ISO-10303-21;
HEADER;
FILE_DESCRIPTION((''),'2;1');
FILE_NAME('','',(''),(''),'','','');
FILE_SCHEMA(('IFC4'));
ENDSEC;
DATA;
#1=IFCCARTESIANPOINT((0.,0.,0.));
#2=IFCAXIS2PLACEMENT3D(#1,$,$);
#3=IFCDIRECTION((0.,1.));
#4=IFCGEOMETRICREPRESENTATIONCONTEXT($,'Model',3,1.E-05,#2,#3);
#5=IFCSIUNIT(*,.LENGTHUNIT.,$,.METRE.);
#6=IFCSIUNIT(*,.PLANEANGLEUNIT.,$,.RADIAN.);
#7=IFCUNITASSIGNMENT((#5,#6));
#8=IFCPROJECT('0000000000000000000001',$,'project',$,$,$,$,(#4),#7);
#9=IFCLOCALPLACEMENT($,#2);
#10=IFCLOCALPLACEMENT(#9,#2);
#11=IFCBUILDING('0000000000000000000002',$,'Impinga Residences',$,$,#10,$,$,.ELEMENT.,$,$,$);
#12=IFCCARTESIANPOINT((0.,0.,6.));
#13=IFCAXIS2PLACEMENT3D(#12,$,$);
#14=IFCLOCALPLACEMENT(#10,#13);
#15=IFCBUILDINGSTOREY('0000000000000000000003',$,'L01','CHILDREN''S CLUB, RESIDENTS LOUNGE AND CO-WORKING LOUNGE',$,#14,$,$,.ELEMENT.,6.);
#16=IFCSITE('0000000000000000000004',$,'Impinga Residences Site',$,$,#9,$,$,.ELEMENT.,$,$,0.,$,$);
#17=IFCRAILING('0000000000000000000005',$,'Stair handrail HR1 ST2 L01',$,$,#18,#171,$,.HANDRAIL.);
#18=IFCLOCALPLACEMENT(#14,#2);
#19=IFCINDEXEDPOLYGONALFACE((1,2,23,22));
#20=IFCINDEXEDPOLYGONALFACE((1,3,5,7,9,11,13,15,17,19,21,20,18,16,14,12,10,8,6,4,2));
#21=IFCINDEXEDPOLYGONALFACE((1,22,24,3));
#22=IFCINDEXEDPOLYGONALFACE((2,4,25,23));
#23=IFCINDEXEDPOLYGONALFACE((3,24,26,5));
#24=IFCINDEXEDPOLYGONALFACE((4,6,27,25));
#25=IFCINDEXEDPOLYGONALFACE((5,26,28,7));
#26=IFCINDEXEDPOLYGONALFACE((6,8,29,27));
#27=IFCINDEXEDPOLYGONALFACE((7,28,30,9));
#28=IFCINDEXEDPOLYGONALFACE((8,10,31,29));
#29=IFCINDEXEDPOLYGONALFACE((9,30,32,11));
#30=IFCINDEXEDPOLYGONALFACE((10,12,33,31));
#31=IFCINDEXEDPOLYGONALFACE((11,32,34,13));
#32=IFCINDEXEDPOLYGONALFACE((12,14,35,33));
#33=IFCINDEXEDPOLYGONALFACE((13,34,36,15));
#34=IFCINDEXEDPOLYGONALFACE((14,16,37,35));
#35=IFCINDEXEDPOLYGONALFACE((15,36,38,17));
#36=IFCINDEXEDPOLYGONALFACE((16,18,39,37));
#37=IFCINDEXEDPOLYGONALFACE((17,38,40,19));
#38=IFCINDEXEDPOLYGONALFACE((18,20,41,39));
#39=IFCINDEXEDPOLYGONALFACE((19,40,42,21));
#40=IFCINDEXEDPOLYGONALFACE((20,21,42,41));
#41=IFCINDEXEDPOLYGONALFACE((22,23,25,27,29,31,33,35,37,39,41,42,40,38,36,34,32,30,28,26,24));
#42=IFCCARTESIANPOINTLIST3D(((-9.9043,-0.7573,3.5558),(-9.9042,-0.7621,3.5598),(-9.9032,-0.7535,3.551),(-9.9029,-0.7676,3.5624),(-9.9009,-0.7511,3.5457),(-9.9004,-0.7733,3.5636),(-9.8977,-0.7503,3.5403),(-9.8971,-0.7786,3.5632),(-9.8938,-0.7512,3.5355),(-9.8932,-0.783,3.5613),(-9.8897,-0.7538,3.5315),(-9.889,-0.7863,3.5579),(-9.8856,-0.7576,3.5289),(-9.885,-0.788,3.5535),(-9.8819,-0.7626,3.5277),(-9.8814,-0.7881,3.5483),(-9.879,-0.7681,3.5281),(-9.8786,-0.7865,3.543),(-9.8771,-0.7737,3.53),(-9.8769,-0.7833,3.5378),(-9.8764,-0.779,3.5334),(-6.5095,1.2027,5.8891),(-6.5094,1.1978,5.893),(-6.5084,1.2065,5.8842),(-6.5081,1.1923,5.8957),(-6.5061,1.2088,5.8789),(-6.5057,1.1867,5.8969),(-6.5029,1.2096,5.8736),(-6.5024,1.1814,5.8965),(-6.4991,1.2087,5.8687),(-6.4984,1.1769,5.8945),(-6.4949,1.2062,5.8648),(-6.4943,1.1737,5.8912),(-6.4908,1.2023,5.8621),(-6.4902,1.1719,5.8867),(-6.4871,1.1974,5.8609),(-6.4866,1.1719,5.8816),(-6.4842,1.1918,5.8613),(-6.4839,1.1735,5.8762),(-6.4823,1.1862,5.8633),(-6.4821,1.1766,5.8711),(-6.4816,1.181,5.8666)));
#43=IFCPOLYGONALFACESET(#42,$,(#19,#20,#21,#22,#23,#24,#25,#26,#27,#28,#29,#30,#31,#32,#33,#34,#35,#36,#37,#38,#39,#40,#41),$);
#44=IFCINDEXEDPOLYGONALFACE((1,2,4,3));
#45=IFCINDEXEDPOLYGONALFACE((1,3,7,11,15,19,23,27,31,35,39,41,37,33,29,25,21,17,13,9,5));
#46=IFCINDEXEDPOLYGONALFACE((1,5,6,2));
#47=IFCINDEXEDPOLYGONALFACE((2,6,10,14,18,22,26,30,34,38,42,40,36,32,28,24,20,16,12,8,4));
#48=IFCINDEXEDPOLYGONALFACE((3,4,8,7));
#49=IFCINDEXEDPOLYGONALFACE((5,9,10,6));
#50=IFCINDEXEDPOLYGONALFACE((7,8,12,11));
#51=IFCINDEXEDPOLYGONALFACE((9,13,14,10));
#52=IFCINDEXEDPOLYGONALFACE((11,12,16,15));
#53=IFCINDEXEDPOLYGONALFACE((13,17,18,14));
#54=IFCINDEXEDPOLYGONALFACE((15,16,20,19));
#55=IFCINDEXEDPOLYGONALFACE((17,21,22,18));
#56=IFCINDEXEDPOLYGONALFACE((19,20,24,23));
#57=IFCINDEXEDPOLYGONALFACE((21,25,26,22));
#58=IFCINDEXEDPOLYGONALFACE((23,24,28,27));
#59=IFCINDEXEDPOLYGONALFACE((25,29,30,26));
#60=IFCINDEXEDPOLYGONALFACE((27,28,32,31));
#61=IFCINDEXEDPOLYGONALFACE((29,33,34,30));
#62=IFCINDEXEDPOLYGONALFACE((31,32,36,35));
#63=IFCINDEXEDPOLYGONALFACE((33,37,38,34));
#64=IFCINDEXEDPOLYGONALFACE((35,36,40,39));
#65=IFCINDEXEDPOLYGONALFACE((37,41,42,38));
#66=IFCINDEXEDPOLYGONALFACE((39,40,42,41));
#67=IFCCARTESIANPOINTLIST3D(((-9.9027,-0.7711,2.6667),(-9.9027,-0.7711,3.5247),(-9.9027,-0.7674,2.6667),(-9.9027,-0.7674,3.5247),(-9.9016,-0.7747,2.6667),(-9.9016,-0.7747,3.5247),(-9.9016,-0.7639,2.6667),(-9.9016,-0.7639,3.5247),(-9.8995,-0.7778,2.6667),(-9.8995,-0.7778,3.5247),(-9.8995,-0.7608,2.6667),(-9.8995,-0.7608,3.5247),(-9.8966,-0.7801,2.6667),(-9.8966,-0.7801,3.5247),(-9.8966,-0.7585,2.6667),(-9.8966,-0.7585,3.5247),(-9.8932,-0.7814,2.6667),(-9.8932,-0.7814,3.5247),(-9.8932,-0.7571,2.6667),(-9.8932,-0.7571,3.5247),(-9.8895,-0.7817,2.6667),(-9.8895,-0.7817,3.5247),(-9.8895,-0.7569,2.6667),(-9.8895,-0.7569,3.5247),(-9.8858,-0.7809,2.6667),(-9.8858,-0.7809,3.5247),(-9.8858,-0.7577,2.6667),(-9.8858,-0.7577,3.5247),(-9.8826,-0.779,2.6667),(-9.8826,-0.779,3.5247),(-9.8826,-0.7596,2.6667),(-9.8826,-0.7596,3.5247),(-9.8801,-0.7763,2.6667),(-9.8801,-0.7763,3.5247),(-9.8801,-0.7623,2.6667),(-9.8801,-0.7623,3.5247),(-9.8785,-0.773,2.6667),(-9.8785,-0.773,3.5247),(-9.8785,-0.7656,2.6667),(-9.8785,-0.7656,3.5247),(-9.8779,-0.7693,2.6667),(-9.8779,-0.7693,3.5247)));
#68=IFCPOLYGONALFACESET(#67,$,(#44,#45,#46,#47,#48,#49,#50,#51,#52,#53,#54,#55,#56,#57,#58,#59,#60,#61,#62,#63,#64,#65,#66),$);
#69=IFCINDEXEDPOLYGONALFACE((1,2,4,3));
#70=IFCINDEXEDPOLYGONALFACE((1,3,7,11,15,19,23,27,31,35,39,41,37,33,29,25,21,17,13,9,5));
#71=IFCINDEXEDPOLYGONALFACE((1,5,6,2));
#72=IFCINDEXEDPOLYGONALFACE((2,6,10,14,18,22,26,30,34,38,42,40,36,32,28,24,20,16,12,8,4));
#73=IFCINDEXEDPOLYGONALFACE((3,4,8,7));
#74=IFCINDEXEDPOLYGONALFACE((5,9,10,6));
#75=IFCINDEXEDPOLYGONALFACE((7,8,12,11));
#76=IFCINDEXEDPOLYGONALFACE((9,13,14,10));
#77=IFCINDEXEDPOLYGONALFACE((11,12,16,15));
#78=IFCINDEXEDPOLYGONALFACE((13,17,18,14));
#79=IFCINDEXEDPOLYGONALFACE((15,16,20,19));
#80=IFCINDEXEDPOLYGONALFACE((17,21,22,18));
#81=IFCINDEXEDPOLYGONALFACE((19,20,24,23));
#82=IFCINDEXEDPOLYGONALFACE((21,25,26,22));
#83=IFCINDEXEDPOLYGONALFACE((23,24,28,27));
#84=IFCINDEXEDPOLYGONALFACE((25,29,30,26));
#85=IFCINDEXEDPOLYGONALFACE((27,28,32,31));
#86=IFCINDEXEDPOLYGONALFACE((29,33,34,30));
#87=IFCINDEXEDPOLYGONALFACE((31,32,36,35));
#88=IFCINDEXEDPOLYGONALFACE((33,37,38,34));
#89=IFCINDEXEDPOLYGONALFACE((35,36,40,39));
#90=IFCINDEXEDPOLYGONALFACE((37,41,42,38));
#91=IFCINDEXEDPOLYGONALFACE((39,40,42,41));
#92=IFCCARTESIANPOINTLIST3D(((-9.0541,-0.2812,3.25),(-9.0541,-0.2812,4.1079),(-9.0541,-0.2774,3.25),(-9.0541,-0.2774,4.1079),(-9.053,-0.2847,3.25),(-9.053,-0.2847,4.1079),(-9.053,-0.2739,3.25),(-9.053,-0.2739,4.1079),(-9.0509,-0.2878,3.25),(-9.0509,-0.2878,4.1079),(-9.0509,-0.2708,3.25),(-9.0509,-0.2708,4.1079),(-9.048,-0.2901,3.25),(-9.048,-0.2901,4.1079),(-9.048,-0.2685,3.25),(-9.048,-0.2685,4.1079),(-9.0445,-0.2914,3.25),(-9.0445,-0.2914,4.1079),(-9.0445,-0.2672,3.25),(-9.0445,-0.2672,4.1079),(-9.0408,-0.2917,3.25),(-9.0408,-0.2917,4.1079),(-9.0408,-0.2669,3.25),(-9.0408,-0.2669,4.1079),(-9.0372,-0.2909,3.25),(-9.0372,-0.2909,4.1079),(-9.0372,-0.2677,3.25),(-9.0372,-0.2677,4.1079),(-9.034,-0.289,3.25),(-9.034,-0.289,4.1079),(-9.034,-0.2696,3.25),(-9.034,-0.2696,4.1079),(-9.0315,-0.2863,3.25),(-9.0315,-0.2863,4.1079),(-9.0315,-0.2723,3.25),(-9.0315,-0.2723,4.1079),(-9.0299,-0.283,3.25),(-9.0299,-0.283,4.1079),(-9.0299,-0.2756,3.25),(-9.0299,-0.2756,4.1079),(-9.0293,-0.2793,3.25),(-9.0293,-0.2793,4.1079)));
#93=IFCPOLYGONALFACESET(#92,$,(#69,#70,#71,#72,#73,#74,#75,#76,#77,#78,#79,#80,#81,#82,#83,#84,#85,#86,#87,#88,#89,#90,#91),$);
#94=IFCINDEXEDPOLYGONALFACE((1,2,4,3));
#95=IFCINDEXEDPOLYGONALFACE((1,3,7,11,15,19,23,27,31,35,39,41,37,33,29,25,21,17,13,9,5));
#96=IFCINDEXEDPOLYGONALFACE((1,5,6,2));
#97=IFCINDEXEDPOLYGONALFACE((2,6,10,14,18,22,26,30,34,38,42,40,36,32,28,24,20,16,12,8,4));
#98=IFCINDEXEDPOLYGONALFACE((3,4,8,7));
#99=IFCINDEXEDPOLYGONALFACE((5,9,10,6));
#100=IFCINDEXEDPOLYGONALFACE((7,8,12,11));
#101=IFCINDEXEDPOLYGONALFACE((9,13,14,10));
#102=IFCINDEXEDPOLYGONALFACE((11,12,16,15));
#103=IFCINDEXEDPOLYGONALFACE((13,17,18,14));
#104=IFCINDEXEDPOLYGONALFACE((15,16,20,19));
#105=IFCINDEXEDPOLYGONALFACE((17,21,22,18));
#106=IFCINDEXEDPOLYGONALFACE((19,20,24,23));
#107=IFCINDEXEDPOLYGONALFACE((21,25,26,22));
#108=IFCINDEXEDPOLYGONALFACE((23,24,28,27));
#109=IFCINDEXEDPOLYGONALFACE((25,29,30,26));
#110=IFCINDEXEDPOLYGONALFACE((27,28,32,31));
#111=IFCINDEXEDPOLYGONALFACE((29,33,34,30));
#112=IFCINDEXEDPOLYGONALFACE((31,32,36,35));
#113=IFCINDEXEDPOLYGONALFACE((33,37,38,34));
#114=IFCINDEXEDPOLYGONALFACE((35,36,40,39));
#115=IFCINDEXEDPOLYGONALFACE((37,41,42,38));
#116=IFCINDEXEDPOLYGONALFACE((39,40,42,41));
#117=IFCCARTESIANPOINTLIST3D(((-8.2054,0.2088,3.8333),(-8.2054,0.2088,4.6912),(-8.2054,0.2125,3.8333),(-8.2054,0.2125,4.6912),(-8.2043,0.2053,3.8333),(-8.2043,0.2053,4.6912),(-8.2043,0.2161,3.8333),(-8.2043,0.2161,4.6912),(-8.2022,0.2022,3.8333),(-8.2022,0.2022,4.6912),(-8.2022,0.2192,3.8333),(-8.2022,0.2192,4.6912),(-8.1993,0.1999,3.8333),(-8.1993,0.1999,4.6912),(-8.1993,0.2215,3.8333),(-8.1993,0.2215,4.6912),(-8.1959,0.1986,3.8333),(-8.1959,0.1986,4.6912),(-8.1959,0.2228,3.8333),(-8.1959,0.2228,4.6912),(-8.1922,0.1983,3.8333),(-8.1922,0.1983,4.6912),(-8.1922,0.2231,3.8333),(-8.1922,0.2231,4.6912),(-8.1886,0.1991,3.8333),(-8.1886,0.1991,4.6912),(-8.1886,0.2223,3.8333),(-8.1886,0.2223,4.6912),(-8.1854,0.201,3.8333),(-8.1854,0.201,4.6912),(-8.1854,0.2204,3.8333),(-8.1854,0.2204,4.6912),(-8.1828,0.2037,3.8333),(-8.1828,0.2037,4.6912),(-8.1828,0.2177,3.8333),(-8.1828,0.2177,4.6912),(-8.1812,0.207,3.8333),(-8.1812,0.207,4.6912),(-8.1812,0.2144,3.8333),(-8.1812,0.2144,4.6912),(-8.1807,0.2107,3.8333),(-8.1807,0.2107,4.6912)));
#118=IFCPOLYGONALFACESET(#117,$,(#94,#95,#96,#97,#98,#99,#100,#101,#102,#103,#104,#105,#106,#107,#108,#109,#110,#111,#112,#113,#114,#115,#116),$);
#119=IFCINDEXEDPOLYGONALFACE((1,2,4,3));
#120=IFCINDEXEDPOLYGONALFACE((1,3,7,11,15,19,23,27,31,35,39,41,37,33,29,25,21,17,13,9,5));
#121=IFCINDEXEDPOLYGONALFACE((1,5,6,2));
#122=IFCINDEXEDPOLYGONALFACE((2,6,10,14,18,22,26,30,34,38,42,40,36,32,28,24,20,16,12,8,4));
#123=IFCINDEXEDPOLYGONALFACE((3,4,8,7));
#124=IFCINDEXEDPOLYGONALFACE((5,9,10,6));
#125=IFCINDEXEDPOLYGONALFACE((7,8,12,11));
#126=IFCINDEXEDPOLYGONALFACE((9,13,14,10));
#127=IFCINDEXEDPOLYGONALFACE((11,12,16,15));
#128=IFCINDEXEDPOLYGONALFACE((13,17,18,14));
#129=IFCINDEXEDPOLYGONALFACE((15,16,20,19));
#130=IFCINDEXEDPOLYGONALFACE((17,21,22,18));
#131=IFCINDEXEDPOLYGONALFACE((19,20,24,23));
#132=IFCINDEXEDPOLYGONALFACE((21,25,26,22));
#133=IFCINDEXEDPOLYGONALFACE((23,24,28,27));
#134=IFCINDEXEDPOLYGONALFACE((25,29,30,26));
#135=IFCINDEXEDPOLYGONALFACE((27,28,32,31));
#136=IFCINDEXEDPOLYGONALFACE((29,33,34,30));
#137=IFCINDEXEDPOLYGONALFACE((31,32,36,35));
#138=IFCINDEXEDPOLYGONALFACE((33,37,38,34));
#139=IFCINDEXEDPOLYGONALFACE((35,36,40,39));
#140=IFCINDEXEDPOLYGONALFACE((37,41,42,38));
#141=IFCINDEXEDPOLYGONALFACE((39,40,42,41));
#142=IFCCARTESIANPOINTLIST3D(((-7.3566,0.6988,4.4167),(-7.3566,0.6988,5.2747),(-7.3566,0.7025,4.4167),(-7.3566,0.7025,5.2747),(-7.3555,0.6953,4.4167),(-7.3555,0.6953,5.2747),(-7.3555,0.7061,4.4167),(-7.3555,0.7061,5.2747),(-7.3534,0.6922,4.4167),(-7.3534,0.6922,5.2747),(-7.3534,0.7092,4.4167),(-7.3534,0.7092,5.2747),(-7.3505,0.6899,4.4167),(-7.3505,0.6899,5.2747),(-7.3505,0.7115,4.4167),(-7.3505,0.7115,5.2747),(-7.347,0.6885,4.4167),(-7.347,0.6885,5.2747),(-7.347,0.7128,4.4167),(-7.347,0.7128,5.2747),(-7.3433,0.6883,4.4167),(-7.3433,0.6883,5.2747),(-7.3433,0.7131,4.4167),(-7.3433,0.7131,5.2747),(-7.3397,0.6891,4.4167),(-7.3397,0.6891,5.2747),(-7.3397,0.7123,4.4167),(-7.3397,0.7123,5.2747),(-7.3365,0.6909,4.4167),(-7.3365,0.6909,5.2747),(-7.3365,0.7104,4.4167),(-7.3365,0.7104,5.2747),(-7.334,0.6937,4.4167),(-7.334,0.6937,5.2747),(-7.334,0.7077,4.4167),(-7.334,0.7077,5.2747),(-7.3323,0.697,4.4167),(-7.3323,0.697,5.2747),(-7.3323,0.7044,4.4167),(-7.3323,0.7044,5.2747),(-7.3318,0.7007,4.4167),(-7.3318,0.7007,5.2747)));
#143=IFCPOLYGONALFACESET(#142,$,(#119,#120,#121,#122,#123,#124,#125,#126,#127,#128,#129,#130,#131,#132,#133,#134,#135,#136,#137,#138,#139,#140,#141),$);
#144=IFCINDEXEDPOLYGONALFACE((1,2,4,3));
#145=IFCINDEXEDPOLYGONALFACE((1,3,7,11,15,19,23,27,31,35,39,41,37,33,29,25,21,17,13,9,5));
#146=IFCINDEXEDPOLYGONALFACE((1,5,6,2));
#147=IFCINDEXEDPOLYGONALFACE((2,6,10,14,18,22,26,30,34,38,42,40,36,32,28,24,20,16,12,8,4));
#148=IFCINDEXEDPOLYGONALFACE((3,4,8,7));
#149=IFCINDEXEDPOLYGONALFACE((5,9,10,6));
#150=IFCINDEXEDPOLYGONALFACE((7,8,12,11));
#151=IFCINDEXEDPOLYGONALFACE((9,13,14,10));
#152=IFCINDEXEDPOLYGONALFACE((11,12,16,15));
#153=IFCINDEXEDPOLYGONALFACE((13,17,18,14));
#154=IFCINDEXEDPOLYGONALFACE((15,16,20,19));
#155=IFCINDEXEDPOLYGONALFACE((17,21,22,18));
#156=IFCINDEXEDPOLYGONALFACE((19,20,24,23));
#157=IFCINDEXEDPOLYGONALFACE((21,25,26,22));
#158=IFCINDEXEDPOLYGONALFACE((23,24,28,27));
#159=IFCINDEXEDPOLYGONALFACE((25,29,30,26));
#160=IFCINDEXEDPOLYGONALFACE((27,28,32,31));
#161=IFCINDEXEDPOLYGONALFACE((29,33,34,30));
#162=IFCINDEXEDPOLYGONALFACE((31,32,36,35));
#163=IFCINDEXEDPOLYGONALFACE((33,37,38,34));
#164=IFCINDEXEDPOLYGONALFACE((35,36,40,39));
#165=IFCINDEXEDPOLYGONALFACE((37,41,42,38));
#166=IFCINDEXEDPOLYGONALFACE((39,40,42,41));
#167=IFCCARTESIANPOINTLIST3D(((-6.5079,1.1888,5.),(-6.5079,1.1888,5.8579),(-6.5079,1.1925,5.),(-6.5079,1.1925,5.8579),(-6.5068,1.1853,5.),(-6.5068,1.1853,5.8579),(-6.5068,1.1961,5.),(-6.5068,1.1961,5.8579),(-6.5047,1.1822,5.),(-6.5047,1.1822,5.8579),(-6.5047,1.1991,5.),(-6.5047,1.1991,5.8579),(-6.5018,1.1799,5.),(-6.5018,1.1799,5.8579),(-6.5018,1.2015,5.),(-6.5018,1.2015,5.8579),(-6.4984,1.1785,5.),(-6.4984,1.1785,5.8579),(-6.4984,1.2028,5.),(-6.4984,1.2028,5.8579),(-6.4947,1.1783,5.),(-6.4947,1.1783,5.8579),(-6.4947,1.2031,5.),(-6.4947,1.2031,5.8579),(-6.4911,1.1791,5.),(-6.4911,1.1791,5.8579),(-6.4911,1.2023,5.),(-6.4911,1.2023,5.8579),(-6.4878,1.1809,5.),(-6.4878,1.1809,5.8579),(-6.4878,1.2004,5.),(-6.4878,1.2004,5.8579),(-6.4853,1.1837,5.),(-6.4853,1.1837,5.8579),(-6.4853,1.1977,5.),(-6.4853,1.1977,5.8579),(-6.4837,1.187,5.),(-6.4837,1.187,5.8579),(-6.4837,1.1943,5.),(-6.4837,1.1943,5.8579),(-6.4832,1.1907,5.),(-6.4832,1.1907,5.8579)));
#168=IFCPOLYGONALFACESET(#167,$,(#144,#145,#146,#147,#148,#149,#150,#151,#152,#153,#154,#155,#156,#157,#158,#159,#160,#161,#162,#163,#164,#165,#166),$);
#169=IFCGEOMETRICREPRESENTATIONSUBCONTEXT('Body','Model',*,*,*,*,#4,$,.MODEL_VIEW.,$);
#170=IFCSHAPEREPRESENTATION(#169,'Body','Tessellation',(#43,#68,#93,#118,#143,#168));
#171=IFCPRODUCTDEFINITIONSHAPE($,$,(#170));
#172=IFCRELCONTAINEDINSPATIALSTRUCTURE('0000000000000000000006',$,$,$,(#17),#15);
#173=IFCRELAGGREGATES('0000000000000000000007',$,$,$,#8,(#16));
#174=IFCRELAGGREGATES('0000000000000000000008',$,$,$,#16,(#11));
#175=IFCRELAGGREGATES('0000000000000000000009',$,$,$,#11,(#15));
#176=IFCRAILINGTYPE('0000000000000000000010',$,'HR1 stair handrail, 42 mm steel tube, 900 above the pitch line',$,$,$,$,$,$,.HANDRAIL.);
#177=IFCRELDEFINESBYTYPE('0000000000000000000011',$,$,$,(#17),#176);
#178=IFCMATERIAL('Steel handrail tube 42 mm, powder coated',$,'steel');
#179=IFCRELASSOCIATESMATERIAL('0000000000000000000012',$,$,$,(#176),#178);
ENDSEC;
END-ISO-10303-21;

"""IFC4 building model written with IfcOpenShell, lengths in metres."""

from ifc_helpers import new_model, si_unit, direction, frame, origin, origin_2d, place, context, subcontext, project, spatial, circle, extrude, material, type_object, element, save


model = new_model("IFC4")

# Units and contexts
model_context = context("Model", 3, precision=1e-05, world=origin(), true_north=direction((0.0, 1.0)))
body_context = subcontext(model_context, "Body", "Model", "MODEL_VIEW")
ifc_project = project(units=[si_unit("LENGTHUNIT", "METRE"), si_unit("PLANEANGLEUNIT", "RADIAN")], contexts=[model_context])

# Site, building, storey
site_placement = place(None, origin())
site = spatial("IfcSite", under=ifc_project, at=site_placement, Name="Impinga Residences Site", CompositionType="ELEMENT", RefElevation=0.0)
building_placement = place(site_placement, origin())
building = spatial("IfcBuilding", under=site, at=building_placement, Name="Impinga Residences", CompositionType="ELEMENT")
storey_placement = place(building_placement, frame((0.0, 0.0, 6.0)))
storey = spatial("IfcBuildingStorey", under=building, at=storey_placement, Name="L01", Description="CHILDREN'S CLUB, RESIDENTS LOUNGE AND CO-WORKING LOUNGE", CompositionType="ELEMENT", Elevation=6.0)

# Railing
ifc_material_1 = material(Name="Steel handrail tube 42 mm, powder coated", Category="steel")
railing_type_1 = type_object("IfcRailingType", Name="HR1 stair handrail, 42 mm steel tube, 900 above the pitch line", PredefinedType="HANDRAIL", material=ifc_material_1)
railing_1_placement = place(storey_placement, frame((-9.8904, -0.7693, 2.6667)))
element("IfcRailing", 1, at=railing_1_placement, inside=storey, type_object=railing_type_1, Name="Stair handrail HR1 ST2 L01", PredefinedType="HANDRAIL", context=body_context, shape_type="SweptSolid", body=[
    extrude(circle(Radius=0.021, at=origin_2d()), frame((0.0, 0.0, 0.8789), z_axis=(0.744175, 0.429646, 0.511476), x_axis=(-0.499997, 0.866027, 0.0)), (0.0, 0.0, 1.0), 4.5618),
    extrude(circle(Radius=0.0125, at=origin_2d()), origin(), (0.0, 0.0, 1.0), 0.8579),
    extrude(circle(Radius=0.0125, at=origin_2d()), frame((0.8486, 0.49, 0.5833)), (0.0, 0.0, 1.0), 0.8579),
    extrude(circle(Radius=0.0125, at=origin_2d()), frame((1.6973, 0.98, 1.1665)), (0.0, 0.0, 1.0), 0.8579),
    extrude(circle(Radius=0.0125, at=origin_2d()), frame((2.5461, 1.47, 1.75)), (0.0, 0.0, 1.0), 0.8579),
    extrude(circle(Radius=0.0125, at=origin_2d()), frame((3.3948, 1.96, 2.3333)), (0.0, 0.0, 1.0), 0.8579),
])

save(model, "model.ifc")
